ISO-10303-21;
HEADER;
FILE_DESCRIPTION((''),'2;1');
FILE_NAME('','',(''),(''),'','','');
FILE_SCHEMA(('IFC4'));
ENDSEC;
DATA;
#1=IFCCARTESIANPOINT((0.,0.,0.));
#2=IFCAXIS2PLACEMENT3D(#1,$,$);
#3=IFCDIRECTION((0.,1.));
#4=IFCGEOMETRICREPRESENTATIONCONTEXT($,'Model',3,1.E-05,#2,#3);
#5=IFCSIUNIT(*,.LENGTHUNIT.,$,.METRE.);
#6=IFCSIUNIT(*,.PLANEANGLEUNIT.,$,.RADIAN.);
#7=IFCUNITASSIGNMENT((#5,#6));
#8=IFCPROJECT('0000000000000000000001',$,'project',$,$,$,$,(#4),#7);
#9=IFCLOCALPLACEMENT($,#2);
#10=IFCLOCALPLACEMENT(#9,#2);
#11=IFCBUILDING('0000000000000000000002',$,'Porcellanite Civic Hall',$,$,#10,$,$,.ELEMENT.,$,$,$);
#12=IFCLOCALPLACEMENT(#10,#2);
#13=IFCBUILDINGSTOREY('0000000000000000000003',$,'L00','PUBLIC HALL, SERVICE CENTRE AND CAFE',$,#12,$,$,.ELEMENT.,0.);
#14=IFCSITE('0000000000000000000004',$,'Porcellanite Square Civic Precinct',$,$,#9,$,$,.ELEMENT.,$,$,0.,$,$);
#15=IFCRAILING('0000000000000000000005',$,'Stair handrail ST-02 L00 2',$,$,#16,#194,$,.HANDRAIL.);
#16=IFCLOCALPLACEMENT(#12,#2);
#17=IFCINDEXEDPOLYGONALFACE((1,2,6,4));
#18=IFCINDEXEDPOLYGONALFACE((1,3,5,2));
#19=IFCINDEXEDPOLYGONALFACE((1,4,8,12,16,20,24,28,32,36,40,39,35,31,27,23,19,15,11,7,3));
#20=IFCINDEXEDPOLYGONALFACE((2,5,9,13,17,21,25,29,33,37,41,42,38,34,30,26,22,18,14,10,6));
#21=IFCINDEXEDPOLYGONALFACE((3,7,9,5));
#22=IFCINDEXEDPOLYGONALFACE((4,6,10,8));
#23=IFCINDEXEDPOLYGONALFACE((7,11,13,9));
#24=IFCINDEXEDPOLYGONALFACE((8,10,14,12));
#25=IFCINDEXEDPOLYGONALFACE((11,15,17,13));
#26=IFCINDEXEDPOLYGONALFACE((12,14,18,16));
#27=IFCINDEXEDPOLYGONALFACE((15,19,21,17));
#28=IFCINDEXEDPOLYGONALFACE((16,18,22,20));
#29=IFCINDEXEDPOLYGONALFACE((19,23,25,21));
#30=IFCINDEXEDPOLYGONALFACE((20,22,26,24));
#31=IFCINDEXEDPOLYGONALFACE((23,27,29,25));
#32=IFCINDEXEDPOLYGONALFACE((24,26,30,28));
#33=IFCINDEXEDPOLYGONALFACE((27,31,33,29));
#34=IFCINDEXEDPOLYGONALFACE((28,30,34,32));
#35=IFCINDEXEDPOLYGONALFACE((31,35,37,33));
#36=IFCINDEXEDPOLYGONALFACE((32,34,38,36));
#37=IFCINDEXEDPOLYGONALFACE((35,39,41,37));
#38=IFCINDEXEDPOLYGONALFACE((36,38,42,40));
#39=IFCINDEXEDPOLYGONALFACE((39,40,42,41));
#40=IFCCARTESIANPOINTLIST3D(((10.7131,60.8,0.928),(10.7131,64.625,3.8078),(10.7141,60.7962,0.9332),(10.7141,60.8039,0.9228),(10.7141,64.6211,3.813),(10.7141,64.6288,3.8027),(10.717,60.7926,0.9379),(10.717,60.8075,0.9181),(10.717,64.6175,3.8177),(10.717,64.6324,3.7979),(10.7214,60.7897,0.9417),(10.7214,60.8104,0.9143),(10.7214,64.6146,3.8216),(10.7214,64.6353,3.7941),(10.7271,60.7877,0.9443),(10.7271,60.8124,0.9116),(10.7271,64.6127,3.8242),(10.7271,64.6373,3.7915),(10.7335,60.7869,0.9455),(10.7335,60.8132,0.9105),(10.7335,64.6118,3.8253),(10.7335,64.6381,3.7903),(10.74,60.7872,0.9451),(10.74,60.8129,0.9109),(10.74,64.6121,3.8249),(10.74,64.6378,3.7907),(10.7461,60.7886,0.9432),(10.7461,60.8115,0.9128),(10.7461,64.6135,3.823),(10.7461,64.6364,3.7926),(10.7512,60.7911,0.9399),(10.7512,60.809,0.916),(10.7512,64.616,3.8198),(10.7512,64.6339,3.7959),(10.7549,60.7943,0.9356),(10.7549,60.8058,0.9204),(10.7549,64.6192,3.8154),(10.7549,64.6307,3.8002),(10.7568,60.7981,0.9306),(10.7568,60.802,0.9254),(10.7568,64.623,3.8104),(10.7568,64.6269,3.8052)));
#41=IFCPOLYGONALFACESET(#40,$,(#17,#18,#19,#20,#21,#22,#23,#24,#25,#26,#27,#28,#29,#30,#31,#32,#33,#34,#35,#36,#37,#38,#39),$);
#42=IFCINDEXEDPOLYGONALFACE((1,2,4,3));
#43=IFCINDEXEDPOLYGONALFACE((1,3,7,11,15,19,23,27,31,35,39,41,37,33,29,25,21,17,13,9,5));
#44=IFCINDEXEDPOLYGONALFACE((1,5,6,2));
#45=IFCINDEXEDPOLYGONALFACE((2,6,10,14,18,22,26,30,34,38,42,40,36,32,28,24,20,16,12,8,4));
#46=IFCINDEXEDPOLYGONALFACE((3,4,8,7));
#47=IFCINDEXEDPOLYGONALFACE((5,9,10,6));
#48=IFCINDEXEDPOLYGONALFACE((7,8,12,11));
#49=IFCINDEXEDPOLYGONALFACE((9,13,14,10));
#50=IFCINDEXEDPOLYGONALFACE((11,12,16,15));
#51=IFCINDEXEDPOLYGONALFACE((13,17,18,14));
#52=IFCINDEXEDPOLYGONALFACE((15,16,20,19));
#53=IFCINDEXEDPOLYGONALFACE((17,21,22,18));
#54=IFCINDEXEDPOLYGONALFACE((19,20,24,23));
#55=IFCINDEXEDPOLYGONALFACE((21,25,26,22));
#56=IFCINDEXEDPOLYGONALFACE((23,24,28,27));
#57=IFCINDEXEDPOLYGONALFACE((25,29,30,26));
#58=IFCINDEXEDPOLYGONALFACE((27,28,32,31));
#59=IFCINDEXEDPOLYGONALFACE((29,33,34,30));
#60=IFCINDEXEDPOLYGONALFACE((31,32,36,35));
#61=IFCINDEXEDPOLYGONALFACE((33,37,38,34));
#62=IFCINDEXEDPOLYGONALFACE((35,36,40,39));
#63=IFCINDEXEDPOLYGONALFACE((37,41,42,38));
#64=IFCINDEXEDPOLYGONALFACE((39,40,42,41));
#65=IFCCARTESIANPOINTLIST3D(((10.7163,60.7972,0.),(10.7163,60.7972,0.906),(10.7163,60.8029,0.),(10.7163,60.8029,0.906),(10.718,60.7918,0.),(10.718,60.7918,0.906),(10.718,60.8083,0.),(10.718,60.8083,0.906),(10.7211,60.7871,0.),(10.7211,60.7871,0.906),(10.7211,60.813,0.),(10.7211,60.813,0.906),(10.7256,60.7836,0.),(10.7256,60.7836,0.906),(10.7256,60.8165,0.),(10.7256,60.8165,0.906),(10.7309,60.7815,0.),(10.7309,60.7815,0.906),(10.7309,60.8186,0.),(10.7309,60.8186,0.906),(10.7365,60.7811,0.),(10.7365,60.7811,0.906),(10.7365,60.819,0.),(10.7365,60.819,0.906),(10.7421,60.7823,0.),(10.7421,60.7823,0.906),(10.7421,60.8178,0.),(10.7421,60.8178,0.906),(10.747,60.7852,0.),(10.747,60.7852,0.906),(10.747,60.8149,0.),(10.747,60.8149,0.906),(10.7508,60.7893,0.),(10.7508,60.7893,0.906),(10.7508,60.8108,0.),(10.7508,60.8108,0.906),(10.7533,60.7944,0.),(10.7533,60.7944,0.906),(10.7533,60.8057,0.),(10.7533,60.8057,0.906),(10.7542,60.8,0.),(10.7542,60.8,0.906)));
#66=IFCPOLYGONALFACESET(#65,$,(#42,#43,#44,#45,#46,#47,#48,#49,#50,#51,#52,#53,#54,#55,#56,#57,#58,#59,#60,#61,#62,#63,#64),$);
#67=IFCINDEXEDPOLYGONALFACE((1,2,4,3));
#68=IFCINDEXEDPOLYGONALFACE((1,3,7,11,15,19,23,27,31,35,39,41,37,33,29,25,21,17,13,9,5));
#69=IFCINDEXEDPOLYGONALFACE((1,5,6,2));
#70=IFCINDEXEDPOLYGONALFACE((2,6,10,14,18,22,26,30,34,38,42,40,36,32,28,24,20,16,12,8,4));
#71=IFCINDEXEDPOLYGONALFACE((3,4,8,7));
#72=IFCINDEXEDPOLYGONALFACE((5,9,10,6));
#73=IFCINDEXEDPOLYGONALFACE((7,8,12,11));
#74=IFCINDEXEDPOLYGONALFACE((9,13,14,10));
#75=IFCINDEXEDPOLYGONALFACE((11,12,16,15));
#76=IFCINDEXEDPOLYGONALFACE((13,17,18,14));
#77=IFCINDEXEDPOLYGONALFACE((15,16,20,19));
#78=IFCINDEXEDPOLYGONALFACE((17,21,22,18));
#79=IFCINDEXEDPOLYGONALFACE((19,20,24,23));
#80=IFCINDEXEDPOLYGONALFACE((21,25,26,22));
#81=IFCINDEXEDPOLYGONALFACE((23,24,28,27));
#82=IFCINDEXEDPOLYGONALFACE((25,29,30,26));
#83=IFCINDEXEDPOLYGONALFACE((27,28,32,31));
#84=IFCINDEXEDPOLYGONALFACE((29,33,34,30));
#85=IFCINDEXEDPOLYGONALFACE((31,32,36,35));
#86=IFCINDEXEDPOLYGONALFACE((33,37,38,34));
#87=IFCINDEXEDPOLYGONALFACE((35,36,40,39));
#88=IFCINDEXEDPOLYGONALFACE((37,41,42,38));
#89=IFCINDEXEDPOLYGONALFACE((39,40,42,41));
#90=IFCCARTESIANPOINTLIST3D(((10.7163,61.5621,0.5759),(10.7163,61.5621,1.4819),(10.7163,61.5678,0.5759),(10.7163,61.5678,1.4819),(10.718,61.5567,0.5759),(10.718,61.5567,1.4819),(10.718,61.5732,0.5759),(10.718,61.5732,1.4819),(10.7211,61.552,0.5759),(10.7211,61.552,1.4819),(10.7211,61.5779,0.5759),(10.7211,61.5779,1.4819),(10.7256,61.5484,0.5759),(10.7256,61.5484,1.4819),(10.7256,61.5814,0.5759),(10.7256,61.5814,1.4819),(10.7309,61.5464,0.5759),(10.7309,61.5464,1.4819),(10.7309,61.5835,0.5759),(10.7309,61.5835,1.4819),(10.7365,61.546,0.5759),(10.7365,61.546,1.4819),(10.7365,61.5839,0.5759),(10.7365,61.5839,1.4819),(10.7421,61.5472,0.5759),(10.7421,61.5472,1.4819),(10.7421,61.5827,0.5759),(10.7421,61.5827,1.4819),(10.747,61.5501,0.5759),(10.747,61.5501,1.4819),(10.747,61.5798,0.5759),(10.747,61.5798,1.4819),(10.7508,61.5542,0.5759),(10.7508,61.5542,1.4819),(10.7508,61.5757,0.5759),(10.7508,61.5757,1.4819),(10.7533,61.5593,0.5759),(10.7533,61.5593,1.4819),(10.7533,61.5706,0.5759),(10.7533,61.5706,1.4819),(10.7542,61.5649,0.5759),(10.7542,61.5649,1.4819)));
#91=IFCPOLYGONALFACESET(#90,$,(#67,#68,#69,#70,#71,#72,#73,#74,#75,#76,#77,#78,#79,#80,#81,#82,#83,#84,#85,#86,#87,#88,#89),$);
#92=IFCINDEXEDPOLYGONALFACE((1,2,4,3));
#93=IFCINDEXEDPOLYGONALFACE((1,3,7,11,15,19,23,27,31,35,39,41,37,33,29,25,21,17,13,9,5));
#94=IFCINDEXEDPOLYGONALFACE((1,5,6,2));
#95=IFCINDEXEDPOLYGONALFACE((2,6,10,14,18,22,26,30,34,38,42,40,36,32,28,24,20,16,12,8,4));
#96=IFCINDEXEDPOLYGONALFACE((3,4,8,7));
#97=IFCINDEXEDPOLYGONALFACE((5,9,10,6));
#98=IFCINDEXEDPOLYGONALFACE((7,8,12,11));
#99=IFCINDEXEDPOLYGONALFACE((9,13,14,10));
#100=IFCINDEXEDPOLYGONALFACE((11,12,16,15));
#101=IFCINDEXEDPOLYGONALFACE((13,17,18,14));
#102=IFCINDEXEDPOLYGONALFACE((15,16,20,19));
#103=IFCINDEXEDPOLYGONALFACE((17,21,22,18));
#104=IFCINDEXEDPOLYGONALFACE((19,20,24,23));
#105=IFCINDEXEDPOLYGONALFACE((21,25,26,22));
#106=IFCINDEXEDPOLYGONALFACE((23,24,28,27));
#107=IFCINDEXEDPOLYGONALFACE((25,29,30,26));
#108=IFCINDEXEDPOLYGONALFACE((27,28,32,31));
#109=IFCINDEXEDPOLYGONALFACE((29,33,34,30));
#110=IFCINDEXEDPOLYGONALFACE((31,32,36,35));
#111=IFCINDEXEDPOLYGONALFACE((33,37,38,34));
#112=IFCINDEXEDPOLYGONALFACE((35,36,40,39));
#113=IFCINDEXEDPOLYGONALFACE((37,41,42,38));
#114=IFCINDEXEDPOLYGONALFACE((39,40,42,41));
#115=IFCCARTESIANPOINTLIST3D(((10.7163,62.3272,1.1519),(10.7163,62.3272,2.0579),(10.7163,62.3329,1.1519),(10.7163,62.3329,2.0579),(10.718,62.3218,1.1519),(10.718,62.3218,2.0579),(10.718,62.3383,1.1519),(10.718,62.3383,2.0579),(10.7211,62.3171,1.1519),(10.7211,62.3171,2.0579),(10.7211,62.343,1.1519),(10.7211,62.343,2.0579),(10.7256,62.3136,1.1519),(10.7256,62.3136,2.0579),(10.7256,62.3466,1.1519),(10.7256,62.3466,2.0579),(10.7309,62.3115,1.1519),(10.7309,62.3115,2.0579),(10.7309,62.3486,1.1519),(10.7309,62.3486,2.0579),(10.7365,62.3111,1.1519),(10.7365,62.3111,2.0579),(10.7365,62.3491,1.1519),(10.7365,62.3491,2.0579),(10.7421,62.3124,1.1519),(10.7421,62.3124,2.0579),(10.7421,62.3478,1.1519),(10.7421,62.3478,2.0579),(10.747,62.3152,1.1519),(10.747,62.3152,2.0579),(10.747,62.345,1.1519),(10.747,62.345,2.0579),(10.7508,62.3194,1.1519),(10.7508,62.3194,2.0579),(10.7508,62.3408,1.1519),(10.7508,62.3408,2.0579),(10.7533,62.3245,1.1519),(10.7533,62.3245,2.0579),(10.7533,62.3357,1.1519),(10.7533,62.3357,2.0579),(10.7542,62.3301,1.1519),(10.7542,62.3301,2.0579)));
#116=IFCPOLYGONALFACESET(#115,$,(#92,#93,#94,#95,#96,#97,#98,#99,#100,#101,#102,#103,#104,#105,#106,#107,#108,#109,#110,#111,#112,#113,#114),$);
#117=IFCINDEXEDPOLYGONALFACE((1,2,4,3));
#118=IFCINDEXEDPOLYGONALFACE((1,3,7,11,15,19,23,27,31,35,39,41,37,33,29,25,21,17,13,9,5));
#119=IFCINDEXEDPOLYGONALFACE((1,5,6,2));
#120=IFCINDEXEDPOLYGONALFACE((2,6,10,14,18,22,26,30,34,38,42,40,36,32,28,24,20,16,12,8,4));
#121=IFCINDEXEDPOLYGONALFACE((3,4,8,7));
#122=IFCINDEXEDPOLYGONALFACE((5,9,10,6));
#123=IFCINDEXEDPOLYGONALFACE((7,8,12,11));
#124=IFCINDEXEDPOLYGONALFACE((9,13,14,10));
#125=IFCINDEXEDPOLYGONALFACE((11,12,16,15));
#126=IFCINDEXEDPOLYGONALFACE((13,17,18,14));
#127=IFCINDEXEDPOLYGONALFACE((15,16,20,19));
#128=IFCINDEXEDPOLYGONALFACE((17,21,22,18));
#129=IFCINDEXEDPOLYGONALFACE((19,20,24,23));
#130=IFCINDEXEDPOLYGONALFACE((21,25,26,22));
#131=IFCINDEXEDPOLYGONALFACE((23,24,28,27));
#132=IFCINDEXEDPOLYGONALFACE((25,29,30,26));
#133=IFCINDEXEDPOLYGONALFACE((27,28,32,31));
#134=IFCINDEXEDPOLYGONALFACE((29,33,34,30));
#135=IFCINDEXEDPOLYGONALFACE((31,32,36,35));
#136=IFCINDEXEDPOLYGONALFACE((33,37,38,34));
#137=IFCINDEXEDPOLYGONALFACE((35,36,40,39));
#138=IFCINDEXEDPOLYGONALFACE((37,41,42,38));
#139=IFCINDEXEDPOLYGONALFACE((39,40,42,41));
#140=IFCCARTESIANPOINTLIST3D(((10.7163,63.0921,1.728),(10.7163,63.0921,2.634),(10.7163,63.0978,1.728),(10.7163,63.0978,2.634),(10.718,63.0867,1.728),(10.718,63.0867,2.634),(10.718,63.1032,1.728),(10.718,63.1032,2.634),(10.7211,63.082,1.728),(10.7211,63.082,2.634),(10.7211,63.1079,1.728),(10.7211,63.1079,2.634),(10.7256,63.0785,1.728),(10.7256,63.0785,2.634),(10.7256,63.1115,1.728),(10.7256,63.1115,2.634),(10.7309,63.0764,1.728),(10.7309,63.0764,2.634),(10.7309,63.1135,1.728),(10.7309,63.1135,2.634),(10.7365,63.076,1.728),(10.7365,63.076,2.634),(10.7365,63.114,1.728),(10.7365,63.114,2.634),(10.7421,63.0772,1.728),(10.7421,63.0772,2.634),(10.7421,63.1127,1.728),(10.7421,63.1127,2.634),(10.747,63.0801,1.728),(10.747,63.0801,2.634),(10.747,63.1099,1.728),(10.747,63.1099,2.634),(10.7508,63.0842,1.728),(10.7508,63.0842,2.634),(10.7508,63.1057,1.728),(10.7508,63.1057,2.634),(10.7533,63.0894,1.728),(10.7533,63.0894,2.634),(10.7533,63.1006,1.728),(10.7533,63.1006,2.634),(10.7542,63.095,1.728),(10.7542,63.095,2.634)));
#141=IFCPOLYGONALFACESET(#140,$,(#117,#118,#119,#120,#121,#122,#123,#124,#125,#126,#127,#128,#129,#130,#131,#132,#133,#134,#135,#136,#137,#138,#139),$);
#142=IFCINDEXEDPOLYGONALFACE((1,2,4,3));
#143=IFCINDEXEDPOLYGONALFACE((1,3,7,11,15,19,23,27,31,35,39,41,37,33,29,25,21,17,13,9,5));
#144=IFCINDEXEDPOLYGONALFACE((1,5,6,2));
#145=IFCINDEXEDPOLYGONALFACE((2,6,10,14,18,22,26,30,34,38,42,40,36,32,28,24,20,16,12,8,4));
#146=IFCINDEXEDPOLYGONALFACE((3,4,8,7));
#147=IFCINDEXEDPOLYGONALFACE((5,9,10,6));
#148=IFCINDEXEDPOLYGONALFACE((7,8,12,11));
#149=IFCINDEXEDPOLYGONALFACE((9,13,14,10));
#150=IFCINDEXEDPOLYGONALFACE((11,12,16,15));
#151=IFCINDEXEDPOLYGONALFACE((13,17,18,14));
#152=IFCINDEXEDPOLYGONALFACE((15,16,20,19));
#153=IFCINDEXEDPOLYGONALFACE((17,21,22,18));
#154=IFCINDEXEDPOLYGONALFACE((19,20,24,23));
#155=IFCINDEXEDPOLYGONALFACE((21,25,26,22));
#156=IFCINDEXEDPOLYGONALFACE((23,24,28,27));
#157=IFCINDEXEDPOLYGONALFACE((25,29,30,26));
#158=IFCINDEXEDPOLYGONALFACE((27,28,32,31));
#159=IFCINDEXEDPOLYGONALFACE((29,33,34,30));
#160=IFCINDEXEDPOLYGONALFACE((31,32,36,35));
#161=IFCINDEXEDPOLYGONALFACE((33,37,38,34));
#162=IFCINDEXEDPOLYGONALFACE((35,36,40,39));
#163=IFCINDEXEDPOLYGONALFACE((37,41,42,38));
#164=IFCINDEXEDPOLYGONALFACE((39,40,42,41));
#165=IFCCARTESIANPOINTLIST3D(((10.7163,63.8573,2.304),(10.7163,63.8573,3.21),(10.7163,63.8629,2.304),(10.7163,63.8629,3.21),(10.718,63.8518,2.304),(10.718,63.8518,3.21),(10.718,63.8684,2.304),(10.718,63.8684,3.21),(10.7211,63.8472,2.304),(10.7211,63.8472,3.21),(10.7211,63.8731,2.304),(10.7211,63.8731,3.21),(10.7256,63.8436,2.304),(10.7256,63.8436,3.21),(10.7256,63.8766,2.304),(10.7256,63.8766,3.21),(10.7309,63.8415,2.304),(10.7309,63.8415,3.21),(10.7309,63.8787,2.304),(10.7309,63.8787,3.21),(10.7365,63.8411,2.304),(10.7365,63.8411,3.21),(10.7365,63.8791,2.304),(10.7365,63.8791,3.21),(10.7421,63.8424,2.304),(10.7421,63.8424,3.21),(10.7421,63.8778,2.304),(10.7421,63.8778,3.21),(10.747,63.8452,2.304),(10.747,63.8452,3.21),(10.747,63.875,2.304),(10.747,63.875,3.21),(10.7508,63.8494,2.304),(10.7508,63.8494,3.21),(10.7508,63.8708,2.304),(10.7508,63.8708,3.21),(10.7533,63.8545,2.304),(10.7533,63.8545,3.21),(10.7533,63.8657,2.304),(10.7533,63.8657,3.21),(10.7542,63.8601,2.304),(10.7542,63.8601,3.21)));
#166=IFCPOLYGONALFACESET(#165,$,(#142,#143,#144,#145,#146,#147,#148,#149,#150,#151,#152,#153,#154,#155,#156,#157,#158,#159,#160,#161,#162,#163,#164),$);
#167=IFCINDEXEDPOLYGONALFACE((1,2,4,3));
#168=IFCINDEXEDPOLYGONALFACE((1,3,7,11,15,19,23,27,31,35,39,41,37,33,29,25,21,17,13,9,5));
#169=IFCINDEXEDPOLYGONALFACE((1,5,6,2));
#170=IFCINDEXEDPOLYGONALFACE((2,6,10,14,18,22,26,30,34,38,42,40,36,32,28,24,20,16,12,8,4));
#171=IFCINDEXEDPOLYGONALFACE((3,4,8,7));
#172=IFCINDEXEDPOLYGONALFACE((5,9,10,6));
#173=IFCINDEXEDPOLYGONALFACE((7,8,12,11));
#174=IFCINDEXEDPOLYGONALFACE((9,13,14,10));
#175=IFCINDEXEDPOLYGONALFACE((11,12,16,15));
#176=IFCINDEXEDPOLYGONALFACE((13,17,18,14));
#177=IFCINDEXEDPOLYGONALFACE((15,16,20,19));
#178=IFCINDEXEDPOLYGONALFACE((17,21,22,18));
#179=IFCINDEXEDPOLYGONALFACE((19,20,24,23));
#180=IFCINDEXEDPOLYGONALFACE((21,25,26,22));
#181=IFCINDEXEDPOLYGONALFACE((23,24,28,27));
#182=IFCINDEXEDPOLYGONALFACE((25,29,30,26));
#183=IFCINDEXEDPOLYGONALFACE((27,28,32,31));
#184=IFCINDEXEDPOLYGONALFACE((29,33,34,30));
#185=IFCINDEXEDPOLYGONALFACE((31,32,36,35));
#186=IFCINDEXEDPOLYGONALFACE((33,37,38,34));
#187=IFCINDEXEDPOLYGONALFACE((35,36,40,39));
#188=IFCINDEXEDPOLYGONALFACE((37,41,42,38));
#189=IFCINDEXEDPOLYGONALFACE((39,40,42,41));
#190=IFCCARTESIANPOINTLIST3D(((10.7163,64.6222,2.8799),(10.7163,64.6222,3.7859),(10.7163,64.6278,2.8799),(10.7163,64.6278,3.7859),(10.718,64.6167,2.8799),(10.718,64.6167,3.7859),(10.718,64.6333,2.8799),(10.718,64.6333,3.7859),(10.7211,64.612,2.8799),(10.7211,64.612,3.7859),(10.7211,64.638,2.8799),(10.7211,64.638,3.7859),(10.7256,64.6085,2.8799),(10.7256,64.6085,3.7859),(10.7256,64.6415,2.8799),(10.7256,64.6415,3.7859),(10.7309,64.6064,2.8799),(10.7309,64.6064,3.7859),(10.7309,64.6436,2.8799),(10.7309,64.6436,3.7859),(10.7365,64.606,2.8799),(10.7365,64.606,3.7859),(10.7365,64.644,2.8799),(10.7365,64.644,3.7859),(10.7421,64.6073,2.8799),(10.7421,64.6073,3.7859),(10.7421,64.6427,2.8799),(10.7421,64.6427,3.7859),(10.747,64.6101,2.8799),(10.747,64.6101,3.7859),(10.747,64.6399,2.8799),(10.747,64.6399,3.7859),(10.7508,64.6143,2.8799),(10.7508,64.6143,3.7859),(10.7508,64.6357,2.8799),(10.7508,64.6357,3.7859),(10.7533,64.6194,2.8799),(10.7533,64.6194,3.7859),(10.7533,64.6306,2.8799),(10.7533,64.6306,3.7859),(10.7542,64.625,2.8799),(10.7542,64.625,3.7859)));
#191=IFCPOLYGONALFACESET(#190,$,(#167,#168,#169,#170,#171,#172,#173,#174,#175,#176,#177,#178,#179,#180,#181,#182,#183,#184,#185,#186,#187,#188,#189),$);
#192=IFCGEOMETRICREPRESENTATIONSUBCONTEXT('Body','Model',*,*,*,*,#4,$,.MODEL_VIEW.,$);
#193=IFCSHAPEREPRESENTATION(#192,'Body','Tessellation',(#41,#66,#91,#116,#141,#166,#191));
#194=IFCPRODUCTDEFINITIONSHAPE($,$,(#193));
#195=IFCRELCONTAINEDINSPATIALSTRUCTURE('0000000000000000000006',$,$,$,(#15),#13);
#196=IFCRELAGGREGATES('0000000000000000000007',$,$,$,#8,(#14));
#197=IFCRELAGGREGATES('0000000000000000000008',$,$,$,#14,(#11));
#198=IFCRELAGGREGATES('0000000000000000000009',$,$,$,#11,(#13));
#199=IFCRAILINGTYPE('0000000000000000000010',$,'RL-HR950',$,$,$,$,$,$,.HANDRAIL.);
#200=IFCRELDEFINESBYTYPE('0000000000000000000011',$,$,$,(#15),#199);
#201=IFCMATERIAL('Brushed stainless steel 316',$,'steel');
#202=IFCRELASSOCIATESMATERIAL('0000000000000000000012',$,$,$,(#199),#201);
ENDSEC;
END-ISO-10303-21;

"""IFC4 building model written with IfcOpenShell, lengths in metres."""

from ifc_helpers import new_model, si_unit, direction, frame, origin, origin_2d, place, context, subcontext, project, spatial, circle, extrude, material, type_object, element, save


model = new_model("IFC4")

# Units and contexts
model_context = context("Model", 3, precision=1e-05, world=origin(), true_north=direction((0.0, 1.0)))
body_context = subcontext(model_context, "Body", "Model", "MODEL_VIEW")
ifc_project = project(units=[si_unit("LENGTHUNIT", "METRE"), si_unit("PLANEANGLEUNIT", "RADIAN")], contexts=[model_context])

# Site, building, storey
site_placement = place(None, origin())
site = spatial("IfcSite", under=ifc_project, at=site_placement, Name="Porcellanite Square Civic Precinct", CompositionType="ELEMENT", RefElevation=0.0)
building_placement = place(site_placement, origin())
building = spatial("IfcBuilding", under=site, at=building_placement, Name="Porcellanite Civic Hall", CompositionType="ELEMENT")
storey_placement = place(building_placement, origin())
storey = spatial("IfcBuildingStorey", under=building, at=storey_placement, Name="L00", Description="PUBLIC HALL, SERVICE CENTRE AND CAFE", CompositionType="ELEMENT", Elevation=0.0)

# Railing
ifc_material_1 = material(Name="Brushed stainless steel 316", Category="steel")
railing_type_1 = type_object("IfcRailingType", Name="RL-HR950", PredefinedType="HANDRAIL", material=ifc_material_1)
railing_1_placement = place(storey_placement, frame((10.7351, 60.8, 0.0)))
element("IfcRailing", 1, at=railing_1_placement, inside=storey, type_object=railing_type_1, Name="Stair handrail ST-02 L00 2", PredefinedType="HANDRAIL", context=body_context, shape_type="SweptSolid", body=[
    extrude(circle(Radius=0.022, at=origin_2d()), frame((0.0, 0.0, 0.928), z_axis=(0.0, 0.798879, 0.601492), x_axis=(-1.0, 0.0, 0.0)), (0.0, 0.0, 1.0), 4.7878),
    extrude(circle(Radius=0.019, at=origin_2d()), origin(), (0.0, 0.0, 1.0), 0.906),
    extrude(circle(Radius=0.019, at=origin_2d()), frame((0.0, 0.7649, 0.5759)), (0.0, 0.0, 1.0), 0.906),
    extrude(circle(Radius=0.019, at=origin_2d()), frame((0.0, 1.53, 1.1519)), (0.0, 0.0, 1.0), 0.906),
    extrude(circle(Radius=0.019, at=origin_2d()), frame((0.0, 2.2949, 1.728)), (0.0, 0.0, 1.0), 0.906),
    extrude(circle(Radius=0.019, at=origin_2d()), frame((0.0, 3.0601, 2.304)), (0.0, 0.0, 1.0), 0.906),
    extrude(circle(Radius=0.019, at=origin_2d()), frame((0.0, 3.825, 2.8799)), (0.0, 0.0, 1.0), 0.906),
])

save(model, "model.ifc")
